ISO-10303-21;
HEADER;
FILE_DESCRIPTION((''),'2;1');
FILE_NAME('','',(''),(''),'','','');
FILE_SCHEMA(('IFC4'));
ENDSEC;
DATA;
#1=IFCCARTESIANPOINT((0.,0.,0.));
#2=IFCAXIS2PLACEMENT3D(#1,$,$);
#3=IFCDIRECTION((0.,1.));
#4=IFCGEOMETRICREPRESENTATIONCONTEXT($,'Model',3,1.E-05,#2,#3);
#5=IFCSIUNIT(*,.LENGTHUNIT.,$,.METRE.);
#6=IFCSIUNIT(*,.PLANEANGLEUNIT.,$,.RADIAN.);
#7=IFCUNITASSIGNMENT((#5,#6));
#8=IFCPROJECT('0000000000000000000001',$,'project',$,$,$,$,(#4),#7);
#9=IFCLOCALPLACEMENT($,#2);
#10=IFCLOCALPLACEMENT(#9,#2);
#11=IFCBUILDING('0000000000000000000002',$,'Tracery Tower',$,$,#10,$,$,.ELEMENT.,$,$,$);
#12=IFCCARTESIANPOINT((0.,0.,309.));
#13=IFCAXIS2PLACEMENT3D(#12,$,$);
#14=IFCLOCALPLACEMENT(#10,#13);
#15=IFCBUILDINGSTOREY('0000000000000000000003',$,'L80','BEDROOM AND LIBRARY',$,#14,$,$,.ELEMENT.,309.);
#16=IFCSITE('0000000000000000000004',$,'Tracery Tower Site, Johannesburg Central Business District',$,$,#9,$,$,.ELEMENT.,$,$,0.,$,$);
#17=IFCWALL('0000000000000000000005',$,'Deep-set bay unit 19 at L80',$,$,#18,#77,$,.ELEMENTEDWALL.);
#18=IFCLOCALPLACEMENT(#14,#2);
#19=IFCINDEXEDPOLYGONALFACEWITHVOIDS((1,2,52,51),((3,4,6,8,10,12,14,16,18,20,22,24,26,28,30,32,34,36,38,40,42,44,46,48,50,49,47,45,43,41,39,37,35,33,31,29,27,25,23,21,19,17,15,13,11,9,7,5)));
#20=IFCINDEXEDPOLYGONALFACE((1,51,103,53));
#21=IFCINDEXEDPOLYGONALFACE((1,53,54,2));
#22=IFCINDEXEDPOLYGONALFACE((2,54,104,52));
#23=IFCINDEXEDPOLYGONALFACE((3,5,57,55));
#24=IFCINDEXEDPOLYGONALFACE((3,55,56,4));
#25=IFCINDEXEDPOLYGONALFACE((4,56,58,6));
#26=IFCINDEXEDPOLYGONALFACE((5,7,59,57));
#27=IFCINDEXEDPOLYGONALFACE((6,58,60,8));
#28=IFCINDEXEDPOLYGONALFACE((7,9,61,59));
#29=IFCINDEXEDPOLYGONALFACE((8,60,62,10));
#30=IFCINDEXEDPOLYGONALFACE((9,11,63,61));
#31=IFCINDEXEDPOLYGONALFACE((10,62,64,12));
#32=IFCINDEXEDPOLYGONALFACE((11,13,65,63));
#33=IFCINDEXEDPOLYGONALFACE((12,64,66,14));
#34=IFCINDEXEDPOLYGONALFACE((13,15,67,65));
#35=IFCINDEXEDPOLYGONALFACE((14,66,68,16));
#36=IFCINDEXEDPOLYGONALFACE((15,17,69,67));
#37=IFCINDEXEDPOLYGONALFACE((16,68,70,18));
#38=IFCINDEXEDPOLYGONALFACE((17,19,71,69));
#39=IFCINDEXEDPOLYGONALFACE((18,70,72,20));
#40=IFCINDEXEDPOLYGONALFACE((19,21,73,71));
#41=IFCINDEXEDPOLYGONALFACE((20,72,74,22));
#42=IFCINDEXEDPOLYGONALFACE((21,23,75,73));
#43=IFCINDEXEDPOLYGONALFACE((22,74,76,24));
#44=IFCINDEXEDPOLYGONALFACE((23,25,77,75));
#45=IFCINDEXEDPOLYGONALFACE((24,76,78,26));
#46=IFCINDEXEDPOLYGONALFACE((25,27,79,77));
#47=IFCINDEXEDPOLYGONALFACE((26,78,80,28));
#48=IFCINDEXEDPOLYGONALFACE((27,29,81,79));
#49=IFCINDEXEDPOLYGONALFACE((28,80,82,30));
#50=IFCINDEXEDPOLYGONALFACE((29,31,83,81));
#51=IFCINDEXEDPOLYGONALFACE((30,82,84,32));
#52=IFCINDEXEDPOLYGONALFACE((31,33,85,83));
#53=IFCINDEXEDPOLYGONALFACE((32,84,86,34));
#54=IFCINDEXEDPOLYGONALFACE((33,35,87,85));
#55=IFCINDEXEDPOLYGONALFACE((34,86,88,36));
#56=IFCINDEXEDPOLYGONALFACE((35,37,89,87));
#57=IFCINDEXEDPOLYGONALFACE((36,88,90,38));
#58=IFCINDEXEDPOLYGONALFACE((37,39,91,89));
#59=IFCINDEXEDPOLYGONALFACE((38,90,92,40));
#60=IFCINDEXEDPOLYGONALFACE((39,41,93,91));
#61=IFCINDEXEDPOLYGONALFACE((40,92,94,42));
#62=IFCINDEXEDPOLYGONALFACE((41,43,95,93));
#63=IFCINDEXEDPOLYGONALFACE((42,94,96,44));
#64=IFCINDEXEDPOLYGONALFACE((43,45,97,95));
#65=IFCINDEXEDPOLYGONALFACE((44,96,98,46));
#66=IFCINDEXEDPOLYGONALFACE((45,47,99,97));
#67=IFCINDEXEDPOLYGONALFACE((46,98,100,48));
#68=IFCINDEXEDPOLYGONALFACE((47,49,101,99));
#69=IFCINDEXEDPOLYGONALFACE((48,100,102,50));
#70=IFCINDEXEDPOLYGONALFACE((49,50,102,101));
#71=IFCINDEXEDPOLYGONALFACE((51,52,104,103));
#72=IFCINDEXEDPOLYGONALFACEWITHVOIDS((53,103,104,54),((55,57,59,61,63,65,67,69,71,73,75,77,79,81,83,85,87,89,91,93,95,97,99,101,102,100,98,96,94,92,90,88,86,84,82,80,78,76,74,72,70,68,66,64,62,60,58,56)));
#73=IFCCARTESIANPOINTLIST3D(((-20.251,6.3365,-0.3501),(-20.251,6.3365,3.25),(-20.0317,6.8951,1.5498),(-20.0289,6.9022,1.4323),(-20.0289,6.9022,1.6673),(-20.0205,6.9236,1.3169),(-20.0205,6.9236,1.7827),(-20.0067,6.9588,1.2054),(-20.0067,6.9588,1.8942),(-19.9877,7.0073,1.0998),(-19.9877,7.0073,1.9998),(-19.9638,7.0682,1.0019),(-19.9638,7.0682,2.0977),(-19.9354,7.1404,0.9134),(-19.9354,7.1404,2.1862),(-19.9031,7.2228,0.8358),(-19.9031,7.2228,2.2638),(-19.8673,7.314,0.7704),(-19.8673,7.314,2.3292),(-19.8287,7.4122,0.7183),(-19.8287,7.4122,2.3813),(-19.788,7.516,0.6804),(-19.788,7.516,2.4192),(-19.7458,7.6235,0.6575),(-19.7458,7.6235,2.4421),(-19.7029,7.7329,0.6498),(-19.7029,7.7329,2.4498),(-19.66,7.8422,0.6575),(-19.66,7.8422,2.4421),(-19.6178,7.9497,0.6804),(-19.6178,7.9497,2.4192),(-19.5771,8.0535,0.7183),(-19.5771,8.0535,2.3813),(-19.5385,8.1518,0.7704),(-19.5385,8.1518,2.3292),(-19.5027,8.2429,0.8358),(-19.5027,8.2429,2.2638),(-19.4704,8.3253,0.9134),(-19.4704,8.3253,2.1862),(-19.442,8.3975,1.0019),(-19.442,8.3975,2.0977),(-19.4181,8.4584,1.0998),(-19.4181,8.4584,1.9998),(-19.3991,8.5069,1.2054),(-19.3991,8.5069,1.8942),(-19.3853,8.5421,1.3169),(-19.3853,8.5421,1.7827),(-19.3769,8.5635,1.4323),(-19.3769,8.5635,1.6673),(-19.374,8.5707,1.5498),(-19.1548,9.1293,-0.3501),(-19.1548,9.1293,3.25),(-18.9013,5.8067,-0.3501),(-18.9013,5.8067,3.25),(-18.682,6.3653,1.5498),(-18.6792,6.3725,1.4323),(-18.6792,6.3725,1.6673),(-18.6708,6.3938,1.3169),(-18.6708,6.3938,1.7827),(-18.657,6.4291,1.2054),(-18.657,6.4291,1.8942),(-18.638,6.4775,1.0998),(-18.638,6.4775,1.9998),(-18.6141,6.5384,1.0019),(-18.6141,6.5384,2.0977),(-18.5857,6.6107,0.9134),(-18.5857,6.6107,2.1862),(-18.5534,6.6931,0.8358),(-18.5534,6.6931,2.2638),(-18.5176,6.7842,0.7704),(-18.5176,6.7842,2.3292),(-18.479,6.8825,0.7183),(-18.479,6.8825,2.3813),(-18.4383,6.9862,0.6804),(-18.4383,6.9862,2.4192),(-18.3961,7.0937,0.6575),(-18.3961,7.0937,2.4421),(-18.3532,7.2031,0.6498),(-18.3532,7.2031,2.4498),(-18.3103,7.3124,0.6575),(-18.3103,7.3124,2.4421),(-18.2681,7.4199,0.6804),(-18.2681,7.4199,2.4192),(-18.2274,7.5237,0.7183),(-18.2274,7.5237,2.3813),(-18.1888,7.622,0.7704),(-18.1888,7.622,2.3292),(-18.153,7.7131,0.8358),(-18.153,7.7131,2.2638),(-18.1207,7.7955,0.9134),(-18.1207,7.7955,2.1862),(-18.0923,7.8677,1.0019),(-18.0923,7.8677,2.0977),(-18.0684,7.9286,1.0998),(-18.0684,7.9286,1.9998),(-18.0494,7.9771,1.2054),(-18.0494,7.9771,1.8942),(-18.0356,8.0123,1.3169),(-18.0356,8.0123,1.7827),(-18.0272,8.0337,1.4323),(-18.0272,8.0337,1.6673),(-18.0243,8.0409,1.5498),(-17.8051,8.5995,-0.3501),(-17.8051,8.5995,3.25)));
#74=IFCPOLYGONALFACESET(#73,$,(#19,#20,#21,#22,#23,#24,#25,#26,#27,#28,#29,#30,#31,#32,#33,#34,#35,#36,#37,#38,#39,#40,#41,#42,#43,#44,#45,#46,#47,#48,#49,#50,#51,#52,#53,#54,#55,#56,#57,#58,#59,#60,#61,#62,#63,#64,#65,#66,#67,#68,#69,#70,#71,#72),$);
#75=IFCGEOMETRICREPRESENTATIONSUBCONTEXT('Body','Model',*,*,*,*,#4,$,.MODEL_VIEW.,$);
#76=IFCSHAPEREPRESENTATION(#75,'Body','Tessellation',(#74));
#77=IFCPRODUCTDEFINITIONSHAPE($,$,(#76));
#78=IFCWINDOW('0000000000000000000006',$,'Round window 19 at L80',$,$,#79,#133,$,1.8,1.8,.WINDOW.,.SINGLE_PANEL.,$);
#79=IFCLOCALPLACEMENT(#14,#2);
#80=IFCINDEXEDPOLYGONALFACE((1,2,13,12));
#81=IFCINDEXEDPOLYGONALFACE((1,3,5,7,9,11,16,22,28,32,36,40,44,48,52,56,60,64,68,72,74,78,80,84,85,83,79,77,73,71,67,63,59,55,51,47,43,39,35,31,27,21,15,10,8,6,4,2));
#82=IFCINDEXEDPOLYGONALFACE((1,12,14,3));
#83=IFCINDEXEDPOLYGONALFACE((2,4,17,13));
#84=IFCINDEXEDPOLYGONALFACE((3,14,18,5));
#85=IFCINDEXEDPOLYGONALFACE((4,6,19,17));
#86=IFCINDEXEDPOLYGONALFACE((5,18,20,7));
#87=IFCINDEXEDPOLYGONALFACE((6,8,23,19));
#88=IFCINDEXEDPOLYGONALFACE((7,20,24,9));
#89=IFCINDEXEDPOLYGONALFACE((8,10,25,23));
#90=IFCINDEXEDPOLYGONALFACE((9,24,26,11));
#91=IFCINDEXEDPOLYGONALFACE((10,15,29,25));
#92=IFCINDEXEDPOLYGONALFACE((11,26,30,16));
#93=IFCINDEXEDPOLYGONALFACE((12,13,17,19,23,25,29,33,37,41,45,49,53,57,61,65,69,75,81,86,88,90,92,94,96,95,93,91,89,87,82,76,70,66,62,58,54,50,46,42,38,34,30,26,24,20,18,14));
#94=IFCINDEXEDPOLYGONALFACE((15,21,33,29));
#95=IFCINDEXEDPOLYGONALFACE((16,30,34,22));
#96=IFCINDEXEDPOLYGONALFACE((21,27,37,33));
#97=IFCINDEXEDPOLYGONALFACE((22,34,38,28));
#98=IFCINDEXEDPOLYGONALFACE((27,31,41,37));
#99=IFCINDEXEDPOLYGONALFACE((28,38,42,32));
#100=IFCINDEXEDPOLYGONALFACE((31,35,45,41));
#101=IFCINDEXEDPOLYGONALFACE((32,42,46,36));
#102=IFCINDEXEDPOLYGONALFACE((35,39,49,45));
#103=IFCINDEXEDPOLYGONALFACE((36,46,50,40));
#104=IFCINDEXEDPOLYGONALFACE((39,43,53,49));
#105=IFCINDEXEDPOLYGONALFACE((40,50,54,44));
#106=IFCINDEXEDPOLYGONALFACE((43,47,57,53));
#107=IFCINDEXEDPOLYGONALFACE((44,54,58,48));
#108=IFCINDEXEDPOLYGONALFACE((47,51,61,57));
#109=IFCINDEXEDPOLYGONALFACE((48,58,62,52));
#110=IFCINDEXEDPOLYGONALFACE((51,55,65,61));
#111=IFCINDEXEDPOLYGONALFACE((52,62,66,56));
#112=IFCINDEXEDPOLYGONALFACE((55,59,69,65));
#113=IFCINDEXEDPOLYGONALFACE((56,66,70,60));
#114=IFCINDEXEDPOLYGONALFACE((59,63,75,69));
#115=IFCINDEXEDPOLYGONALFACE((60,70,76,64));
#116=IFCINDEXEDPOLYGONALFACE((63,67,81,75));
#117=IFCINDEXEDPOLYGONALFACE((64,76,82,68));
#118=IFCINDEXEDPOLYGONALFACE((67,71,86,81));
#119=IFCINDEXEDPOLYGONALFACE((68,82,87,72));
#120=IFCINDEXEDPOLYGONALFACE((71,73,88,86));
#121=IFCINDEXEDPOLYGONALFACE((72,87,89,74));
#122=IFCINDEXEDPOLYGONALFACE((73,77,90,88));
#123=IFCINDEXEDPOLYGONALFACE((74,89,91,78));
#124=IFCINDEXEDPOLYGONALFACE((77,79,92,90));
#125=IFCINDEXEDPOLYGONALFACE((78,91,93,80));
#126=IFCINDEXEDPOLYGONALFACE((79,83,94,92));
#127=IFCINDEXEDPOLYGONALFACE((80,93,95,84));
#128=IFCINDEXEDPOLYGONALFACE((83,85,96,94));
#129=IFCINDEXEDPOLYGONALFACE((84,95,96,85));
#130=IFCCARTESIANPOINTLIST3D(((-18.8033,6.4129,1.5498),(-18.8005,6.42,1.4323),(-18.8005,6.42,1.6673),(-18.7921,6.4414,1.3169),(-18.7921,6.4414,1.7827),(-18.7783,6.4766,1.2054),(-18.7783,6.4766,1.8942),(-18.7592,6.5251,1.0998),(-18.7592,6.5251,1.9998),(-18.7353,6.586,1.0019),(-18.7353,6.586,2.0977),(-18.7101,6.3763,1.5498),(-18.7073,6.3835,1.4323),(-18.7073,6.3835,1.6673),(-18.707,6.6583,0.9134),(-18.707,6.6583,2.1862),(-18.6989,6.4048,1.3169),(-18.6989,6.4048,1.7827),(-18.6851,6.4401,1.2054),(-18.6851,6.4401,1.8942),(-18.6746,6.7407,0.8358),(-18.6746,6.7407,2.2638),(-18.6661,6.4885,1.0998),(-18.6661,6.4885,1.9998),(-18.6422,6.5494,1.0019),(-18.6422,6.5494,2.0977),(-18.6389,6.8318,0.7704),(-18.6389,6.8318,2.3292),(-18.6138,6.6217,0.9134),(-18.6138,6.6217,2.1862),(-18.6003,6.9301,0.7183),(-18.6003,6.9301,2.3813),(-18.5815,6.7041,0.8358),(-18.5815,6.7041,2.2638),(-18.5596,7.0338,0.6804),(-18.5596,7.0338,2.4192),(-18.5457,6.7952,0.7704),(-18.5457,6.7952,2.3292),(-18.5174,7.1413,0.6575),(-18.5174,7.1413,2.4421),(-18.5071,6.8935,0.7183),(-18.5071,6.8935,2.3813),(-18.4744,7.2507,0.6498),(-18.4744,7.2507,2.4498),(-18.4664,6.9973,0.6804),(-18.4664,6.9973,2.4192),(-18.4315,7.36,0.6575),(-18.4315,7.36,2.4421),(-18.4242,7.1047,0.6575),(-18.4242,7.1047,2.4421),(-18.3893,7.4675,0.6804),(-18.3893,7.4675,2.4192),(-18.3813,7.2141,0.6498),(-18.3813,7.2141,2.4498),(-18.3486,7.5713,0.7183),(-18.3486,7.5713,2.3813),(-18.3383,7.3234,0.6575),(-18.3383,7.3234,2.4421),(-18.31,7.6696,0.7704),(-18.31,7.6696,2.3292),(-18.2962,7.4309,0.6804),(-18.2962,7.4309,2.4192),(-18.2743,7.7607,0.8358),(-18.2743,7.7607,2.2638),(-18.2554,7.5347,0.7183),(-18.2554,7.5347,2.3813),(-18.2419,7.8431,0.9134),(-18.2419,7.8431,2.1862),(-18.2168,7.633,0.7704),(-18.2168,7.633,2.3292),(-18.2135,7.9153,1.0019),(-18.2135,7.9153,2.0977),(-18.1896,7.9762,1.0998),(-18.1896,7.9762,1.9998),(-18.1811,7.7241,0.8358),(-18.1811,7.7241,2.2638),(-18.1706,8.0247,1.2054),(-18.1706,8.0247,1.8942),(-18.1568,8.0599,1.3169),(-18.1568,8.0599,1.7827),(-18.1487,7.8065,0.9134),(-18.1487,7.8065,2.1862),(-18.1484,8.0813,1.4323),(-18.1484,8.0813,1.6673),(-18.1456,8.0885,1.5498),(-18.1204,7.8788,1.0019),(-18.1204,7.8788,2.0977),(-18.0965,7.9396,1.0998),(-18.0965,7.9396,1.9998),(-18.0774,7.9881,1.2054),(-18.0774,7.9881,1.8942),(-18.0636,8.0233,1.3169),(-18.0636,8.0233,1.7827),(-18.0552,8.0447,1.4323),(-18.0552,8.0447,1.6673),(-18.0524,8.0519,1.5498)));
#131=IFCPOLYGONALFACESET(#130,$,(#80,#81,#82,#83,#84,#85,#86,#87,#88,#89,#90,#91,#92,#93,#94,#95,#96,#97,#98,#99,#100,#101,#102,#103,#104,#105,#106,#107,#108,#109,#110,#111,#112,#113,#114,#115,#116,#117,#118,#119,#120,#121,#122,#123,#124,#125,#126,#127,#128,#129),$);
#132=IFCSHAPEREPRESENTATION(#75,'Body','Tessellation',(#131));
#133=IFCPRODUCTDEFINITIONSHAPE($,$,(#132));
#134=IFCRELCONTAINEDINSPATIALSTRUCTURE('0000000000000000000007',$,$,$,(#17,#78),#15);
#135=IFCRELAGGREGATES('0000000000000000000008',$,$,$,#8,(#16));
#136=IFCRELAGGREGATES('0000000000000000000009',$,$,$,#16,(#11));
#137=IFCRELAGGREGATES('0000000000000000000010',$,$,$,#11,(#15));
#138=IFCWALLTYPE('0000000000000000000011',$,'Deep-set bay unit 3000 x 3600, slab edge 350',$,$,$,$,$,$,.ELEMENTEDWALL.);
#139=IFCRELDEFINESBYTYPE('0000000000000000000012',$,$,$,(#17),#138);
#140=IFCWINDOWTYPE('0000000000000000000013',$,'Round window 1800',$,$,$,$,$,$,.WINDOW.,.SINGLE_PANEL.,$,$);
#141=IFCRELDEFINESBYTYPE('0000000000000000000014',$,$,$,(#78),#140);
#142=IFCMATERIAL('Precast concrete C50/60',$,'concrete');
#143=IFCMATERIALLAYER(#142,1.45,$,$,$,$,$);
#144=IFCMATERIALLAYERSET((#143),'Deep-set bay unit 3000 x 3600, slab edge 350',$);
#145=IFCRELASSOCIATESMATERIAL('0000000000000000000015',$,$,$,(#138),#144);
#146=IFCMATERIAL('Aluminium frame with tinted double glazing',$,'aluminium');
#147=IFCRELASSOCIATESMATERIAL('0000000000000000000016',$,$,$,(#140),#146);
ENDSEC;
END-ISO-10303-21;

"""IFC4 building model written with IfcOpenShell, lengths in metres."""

from ifc_helpers import new_model, si_unit, direction, frame, frame_2d, origin, origin_2d, place, context, subcontext, project, spatial, rectangle, circle, extrude, material, layer, layer_set, type_object, element, fill, save


model = new_model("IFC4")

# Units and contexts
model_context = context("Model", 3, precision=1e-05, world=origin(), true_north=direction((0.0, 1.0)))
body_context = subcontext(model_context, "Body", "Model", "MODEL_VIEW")
ifc_project = project(units=[si_unit("LENGTHUNIT", "METRE"), si_unit("PLANEANGLEUNIT", "RADIAN")], contexts=[model_context])

# Site, building, storey
site_placement = place(None, origin())
site = spatial("IfcSite", under=ifc_project, at=site_placement, Name="Tracery Tower Site, Johannesburg Central Business District", CompositionType="ELEMENT", RefElevation=0.0)
building_placement = place(site_placement, origin())
building = spatial("IfcBuilding", under=site, at=building_placement, Name="Tracery Tower", CompositionType="ELEMENT")
storey_placement = place(building_placement, frame((0.0, 0.0, 309.0)))
storey = spatial("IfcBuildingStorey", under=building, at=storey_placement, Name="L80", Description="BEDROOM AND LIBRARY", CompositionType="ELEMENT", Elevation=309.0)

# Wall, opening, window
ifc_material_1 = material(Name="Precast concrete C50/60", Category="concrete")
ifc_layer_1 = layer(ifc_material_1, 1.45)
ifc_layer_set_1 = layer_set([ifc_layer_1], Name="Deep-set bay unit 3000 x 3600, slab edge 350")
wall_type_1 = type_object("IfcWallType", Name="Deep-set bay unit 3000 x 3600, slab edge 350", PredefinedType="ELEMENTEDWALL", material=ifc_layer_set_1)
ifc_material_2 = material(Name="Aluminium frame with tinted double glazing", Category="aluminium")
window_type = type_object("IfcWindowType", Name="Round window 1800", PartitioningType="SINGLE_PANEL", PredefinedType="WINDOW", material=ifc_material_2)
wall_1_placement = place(storey_placement, frame((-18.48, 8.8643, -0.3501), z_axis=(0.0, 0.0, 1.0), x_axis=(-0.365378, -0.930859, 0.0)))
wall_1 = element("IfcWall", 1, at=wall_1_placement, inside=storey, type_object=wall_type_1, Name="Deep-set bay unit 19 at L80", PredefinedType="ELEMENTEDWALL", context=body_context, shape_type="SweptSolid", body=[
    extrude(rectangle(XDim=3.0002, YDim=1.45, at=frame_2d((1.5, 0.0))), origin(), (0.0, 0.0, 1.0), 3.6001),
])
opening_1_placement = place(wall_1_placement, frame((1.5, 0.0, 1.8999)))
opening_1 = element("IfcOpeningElement", 2, at=opening_1_placement, cuts=wall_1, PredefinedType="OPENING", context=body_context, shape_type="SweptSolid", body=[
    extrude(circle(Radius=0.9, at=origin_2d()), frame((0.0, 0.7349, 0.0), z_axis=(0.0, -1.0, 0.0), x_axis=(1.0, 0.0, 0.0)), (0.0, 0.0, 1.0), 1.47),
])
window_1_placement = place(opening_1_placement, origin())
window_1 = element("IfcWindow", 3, at=window_1_placement, inside=storey, type_object=window_type, Name="Round window 19 at L80", OverallHeight=1.8, OverallWidth=1.8, PartitioningType="SINGLE_PANEL", PredefinedType="WINDOW", context=body_context, shape_type="SweptSolid", body=[
    extrude(circle(Radius=0.9, at=origin_2d()), frame((0.0, 0.6948, 0.0), z_axis=(0.0, -1.0, 0.0), x_axis=(1.0, 0.0, 0.0)), (0.0, 0.0, 1.0), 0.1001),
])
fill(opening_1, window_1)

save(model, "model.ifc")
